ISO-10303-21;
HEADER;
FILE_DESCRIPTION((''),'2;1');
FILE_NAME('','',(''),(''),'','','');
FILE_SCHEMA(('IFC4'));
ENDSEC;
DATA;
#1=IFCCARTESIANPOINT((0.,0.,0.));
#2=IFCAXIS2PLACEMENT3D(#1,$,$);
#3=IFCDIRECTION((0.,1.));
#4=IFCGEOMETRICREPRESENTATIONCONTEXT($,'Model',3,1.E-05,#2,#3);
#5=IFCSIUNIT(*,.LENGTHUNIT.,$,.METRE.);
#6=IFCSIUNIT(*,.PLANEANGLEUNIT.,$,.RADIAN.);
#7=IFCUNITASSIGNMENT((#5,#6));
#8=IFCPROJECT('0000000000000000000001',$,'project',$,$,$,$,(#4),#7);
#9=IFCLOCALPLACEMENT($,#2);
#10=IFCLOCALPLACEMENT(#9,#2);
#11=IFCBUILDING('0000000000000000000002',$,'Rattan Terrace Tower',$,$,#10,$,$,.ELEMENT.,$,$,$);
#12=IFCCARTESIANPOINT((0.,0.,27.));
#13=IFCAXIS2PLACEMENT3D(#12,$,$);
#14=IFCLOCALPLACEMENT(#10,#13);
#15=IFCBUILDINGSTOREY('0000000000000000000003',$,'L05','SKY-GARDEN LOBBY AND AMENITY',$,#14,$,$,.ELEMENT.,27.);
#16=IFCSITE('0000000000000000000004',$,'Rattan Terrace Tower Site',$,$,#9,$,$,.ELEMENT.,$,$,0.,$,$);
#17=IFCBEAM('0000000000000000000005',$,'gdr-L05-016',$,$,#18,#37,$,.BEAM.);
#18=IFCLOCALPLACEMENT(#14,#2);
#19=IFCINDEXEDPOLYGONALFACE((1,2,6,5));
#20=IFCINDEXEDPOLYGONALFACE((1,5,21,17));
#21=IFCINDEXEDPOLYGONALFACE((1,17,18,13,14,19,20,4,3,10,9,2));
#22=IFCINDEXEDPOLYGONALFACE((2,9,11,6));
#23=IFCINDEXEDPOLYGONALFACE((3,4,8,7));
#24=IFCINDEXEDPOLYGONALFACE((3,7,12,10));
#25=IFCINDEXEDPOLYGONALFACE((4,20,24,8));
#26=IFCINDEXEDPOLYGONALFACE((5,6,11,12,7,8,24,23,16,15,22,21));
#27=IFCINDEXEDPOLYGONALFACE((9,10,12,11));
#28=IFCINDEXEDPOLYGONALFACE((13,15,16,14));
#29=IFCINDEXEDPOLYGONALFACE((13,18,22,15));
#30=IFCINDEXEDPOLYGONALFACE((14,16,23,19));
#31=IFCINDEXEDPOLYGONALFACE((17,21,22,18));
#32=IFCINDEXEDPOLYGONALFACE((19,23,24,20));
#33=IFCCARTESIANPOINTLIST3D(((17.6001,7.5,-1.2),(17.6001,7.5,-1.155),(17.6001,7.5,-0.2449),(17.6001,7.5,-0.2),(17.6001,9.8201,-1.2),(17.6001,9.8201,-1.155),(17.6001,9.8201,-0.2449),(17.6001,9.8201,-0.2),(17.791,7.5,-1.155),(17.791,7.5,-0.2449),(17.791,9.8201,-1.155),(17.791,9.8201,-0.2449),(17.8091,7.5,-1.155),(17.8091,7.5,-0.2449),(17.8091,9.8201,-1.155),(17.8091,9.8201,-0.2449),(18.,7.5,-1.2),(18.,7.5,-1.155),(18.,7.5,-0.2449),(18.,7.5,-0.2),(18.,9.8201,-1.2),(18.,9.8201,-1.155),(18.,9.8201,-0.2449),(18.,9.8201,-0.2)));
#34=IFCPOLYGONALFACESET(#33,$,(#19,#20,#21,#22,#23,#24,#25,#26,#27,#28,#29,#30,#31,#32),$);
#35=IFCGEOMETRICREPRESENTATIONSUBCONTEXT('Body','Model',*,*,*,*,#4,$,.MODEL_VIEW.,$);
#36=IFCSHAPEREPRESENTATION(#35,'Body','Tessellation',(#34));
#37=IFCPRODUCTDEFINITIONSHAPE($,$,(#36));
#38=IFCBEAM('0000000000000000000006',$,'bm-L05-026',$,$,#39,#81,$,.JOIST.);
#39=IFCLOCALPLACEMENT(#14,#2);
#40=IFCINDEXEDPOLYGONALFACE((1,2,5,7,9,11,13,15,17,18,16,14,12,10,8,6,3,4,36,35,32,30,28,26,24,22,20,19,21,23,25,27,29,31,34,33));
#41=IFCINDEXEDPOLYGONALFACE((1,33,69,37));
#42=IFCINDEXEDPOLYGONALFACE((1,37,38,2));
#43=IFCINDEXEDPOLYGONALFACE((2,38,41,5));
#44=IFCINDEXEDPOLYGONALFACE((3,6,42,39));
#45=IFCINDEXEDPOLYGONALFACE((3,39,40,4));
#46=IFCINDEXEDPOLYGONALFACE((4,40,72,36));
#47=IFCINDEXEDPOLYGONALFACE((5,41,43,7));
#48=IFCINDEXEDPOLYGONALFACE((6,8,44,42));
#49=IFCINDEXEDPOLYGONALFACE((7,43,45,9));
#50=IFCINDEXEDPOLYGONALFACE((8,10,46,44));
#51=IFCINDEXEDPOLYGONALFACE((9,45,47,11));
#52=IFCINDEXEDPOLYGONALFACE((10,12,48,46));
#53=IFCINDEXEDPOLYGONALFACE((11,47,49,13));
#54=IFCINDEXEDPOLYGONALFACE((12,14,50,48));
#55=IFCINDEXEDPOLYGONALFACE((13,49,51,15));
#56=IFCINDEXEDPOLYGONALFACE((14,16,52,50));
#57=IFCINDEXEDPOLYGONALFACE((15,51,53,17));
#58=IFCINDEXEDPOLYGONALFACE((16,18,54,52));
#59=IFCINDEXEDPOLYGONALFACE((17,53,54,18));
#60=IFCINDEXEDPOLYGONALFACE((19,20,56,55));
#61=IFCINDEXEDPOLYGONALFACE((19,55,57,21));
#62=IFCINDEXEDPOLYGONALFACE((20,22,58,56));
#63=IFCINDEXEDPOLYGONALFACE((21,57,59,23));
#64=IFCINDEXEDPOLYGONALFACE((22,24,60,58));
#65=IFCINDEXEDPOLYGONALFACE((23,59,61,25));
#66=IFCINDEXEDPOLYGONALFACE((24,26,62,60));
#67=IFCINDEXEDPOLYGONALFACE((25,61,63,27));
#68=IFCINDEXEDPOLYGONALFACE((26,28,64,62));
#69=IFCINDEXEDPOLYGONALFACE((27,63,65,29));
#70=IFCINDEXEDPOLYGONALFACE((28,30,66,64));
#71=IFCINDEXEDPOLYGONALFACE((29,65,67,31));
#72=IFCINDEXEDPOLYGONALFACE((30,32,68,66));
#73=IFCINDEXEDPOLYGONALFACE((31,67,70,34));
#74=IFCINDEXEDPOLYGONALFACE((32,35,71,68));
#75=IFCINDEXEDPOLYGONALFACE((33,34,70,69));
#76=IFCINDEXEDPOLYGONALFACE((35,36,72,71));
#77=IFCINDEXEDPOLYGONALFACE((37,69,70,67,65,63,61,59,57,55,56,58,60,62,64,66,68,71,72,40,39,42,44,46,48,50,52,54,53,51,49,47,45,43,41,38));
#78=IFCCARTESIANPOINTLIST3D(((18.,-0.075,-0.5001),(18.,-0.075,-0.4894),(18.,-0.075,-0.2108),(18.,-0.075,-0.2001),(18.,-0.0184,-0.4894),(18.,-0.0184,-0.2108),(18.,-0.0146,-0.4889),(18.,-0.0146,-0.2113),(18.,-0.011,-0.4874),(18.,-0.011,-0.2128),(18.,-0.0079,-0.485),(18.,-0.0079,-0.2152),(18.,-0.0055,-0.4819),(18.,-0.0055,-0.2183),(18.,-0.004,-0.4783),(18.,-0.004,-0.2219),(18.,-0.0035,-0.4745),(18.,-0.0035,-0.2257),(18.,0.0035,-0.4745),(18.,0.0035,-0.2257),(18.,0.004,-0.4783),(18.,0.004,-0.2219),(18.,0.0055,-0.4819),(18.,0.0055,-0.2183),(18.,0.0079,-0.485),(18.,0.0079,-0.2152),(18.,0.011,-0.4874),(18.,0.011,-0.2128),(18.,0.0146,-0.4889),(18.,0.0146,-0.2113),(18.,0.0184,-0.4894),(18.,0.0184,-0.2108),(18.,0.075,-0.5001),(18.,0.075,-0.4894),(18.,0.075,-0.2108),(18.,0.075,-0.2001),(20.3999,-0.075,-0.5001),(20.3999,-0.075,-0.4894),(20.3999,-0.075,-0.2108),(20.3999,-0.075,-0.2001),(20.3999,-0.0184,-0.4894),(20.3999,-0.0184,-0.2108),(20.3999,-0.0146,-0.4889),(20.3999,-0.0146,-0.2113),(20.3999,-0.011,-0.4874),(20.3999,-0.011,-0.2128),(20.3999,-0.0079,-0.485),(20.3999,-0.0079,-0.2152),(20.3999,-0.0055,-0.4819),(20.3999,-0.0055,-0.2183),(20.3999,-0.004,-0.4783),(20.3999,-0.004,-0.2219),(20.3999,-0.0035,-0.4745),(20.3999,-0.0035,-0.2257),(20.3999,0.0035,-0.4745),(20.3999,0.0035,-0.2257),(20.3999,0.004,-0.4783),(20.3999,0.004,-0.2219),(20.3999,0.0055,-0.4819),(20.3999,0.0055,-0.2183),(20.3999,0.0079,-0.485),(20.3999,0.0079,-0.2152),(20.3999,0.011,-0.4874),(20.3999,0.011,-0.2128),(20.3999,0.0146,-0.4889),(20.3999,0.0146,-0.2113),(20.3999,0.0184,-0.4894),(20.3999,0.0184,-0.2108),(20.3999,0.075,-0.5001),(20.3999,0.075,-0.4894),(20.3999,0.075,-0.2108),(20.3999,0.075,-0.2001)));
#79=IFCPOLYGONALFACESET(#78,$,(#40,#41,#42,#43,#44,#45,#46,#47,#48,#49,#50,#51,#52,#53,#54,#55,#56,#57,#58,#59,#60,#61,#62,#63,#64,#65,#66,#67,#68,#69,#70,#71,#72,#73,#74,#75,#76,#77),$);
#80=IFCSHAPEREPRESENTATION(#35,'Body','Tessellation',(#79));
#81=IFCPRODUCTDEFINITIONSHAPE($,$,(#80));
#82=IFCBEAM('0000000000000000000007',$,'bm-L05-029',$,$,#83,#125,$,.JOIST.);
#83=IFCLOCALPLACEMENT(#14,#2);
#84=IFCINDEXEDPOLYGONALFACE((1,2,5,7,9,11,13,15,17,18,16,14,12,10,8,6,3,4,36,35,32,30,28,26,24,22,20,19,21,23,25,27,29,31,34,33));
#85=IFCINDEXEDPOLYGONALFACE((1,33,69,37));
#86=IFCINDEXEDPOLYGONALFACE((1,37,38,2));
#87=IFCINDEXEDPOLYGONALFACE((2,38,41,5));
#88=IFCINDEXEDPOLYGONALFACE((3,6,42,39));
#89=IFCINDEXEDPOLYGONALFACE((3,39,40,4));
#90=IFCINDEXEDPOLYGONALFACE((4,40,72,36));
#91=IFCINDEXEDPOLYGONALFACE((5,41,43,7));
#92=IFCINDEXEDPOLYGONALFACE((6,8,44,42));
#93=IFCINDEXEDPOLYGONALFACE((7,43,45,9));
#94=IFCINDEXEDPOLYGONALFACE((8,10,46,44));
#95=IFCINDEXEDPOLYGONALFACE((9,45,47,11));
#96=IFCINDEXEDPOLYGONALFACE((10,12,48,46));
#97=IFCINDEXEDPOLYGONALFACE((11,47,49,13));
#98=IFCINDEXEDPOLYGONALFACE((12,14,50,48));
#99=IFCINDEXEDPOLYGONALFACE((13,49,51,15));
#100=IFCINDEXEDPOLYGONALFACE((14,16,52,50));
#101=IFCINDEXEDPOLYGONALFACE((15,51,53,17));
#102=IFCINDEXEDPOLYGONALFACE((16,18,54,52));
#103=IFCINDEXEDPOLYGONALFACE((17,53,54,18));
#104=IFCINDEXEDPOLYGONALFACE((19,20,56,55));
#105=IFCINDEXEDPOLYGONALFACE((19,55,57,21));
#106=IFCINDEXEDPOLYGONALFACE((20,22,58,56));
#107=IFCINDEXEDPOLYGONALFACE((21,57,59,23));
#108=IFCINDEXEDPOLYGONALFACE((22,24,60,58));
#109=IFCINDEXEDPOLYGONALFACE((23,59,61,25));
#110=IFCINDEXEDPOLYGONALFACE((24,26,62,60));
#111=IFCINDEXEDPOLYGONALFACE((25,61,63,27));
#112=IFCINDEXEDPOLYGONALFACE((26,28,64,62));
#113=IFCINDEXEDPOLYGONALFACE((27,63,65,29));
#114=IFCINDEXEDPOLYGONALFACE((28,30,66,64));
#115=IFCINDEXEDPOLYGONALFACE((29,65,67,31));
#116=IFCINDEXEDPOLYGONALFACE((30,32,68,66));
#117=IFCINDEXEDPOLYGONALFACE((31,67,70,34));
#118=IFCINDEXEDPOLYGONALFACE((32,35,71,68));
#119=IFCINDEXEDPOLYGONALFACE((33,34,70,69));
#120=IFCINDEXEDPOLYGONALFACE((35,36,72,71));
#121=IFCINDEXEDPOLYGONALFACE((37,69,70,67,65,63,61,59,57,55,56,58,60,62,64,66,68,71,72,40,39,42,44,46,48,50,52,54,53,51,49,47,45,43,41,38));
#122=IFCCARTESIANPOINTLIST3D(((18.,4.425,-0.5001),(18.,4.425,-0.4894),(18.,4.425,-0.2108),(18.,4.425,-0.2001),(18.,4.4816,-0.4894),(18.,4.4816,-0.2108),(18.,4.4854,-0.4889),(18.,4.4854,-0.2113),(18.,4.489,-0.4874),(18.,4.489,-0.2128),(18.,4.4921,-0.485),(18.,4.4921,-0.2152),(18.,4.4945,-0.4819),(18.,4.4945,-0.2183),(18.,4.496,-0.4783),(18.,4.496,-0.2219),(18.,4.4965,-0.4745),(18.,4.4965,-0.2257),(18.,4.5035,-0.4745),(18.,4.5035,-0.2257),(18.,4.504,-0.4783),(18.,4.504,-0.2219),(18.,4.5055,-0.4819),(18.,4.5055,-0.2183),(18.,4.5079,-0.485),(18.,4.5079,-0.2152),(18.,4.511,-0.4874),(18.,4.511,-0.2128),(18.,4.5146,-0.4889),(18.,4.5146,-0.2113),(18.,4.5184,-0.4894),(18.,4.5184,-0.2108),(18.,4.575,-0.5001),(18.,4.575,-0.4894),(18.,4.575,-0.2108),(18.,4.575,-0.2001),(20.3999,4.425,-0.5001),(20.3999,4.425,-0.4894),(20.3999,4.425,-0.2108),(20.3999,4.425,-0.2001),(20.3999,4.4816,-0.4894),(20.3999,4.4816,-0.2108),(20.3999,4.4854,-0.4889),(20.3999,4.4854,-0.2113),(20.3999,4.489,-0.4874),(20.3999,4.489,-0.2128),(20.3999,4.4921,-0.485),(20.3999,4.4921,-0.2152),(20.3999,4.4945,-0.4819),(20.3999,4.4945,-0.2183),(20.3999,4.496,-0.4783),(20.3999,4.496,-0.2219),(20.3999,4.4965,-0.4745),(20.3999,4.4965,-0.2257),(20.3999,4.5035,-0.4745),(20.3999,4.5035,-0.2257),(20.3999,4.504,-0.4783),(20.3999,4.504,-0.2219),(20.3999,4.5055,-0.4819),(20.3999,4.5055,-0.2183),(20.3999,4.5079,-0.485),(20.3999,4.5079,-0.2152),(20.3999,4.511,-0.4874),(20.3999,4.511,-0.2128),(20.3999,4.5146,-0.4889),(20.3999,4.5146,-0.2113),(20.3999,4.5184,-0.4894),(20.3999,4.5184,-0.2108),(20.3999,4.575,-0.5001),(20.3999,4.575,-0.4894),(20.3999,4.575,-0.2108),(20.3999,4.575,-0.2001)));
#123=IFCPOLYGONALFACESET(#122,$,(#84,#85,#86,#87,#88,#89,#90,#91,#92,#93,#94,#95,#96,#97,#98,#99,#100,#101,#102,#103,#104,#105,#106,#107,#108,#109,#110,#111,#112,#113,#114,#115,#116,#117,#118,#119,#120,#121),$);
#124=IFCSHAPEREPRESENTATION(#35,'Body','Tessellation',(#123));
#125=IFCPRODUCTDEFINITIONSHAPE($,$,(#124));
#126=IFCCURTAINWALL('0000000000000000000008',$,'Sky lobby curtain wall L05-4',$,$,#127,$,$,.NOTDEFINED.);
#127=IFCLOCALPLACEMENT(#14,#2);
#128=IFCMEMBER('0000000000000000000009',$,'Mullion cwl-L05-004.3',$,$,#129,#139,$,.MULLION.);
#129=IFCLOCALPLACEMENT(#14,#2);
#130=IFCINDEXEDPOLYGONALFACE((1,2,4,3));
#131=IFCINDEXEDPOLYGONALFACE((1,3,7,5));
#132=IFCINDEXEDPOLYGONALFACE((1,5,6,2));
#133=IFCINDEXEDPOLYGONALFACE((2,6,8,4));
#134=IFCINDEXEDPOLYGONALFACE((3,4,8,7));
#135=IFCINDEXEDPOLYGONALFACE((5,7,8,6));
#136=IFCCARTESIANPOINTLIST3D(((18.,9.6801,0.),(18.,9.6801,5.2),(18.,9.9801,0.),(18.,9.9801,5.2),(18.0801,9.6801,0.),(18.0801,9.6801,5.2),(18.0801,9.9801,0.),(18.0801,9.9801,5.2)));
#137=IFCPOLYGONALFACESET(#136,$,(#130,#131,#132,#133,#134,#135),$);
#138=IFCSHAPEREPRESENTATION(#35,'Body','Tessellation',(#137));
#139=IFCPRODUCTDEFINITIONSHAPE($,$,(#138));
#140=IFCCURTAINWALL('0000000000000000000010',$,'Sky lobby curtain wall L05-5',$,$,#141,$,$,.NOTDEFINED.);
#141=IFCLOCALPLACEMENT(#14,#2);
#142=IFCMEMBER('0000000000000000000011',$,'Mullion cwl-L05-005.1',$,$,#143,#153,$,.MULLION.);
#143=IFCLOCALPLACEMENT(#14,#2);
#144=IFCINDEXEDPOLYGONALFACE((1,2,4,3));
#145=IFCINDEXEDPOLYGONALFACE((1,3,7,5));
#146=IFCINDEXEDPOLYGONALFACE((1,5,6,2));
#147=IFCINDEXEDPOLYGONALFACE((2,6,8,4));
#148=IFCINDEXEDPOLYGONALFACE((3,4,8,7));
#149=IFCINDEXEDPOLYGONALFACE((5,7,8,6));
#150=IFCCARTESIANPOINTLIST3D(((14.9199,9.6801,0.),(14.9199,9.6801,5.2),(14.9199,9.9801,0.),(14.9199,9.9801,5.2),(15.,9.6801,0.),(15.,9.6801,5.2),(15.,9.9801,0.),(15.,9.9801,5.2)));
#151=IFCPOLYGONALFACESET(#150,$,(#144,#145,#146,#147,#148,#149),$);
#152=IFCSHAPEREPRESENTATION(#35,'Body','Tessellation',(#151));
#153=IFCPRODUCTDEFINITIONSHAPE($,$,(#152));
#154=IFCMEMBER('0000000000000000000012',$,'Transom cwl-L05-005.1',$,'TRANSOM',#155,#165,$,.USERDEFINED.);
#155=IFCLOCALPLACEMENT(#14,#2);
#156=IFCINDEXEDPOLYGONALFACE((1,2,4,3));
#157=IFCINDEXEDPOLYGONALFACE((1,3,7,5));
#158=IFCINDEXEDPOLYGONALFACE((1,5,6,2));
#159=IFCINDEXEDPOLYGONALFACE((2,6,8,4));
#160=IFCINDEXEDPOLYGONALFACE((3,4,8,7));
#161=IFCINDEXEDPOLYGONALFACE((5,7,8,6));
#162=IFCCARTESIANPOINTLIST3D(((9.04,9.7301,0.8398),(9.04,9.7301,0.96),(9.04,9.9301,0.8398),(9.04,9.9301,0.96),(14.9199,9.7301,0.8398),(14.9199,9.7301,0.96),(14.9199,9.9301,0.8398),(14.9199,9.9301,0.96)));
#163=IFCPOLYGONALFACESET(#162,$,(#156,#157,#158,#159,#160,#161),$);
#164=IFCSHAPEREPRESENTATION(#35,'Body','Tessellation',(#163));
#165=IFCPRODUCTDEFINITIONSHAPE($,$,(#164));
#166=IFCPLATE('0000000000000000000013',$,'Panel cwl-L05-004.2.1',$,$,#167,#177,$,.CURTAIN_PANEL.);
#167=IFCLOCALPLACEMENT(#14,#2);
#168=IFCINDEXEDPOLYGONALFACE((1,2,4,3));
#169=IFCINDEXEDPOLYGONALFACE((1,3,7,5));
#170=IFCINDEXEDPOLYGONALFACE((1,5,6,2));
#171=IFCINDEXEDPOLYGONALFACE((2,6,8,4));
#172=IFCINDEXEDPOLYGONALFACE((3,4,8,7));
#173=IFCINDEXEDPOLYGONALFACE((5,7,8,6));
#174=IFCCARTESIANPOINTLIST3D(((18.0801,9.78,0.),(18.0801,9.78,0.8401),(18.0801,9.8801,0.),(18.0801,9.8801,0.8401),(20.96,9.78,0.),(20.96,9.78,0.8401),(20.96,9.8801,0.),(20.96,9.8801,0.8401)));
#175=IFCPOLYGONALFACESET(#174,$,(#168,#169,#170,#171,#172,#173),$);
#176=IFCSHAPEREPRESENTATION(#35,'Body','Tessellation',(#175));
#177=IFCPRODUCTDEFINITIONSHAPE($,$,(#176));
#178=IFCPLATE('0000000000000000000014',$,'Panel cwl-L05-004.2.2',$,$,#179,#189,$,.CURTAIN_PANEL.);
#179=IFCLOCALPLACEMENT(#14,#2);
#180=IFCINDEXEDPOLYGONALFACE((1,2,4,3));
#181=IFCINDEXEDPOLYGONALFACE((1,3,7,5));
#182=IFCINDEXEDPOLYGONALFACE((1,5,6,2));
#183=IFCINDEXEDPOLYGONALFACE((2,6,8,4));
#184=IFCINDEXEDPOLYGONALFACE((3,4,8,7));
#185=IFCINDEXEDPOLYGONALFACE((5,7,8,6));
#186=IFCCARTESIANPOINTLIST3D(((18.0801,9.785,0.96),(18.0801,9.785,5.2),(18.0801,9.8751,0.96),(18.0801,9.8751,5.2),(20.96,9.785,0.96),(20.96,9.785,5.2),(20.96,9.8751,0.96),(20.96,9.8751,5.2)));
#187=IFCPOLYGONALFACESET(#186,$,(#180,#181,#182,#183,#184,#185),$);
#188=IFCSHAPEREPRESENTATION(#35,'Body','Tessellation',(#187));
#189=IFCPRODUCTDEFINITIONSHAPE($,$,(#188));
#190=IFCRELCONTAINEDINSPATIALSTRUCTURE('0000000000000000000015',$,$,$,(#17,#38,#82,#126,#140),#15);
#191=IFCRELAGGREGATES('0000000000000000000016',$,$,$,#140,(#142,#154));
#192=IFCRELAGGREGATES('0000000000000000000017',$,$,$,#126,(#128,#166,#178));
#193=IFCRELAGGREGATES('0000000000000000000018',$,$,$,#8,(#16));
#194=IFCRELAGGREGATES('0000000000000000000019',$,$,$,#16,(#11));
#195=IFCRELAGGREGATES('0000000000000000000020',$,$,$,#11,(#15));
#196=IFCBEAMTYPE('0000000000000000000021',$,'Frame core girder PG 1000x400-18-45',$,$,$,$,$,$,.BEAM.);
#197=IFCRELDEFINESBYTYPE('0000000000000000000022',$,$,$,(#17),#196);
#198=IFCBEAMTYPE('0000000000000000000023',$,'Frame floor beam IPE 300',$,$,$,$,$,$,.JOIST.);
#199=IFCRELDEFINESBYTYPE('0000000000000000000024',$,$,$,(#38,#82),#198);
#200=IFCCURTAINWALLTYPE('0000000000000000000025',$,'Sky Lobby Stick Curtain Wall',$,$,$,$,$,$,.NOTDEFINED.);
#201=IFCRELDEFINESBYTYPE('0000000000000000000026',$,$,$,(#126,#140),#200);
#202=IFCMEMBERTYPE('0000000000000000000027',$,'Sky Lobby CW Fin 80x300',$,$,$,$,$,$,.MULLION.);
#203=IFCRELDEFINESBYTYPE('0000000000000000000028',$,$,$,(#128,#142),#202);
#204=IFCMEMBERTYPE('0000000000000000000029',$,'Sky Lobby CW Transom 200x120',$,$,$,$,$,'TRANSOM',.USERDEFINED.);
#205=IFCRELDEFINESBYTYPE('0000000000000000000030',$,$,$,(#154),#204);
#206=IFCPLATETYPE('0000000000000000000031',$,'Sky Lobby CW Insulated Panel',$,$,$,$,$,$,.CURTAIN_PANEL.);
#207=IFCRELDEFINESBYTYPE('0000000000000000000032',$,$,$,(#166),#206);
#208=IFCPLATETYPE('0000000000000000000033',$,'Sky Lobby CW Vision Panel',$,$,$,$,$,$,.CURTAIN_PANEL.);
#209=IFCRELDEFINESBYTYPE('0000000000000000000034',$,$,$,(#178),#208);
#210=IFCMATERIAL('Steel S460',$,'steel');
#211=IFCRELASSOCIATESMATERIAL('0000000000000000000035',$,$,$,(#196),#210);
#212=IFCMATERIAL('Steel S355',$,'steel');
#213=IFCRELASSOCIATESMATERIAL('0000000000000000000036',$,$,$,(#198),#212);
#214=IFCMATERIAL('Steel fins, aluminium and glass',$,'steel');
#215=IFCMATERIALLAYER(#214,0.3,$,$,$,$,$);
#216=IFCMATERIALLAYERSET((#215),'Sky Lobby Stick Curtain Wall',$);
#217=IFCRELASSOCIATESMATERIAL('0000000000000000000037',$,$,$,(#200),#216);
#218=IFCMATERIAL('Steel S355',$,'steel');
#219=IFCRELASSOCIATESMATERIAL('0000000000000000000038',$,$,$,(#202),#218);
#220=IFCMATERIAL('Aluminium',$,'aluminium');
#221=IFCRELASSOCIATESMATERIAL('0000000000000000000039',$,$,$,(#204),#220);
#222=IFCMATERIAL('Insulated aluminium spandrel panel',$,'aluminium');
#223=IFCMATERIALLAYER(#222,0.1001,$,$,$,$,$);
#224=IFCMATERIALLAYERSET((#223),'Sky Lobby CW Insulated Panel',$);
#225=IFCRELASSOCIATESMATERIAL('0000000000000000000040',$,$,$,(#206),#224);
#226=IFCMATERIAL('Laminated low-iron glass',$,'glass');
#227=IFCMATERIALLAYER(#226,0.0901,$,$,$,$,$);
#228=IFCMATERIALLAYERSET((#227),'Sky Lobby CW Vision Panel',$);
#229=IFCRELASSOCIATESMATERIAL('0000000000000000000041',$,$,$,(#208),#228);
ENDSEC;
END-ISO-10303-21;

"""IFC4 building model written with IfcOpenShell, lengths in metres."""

from ifc_helpers import new_model, si_unit, direction, frame, origin, origin_2d, place, context, subcontext, project, spatial, rectangle, i_section, extrude, material, layer, layer_set, material_profile, profile_set, type_object, element, aggregate, save


model = new_model("IFC4")

# Units and contexts
model_context = context("Model", 3, precision=1e-05, world=origin(), true_north=direction((0.0, 1.0)))
body_context = subcontext(model_context, "Body", "Model", "MODEL_VIEW")
ifc_project = project(units=[si_unit("LENGTHUNIT", "METRE"), si_unit("PLANEANGLEUNIT", "RADIAN")], contexts=[model_context])

# Site, building, storey
site_placement = place(None, origin())
site = spatial("IfcSite", under=ifc_project, at=site_placement, Name="Rattan Terrace Tower Site", CompositionType="ELEMENT", RefElevation=0.0)
building_placement = place(site_placement, origin())
building = spatial("IfcBuilding", under=site, at=building_placement, Name="Rattan Terrace Tower", CompositionType="ELEMENT")
storey_placement = place(building_placement, frame((0.0, 0.0, 27.0)))
storey = spatial("IfcBuildingStorey", under=building, at=storey_placement, Name="L05", Description="SKY-GARDEN LOBBY AND AMENITY", CompositionType="ELEMENT", Elevation=27.0)

# Beams
ifc_material_1 = material(Name="Steel S460", Category="steel")
ifc_material_profile_1 = material_profile(ifc_material_1, i_section(OverallWidth=0.3999, OverallDepth=1.0, WebThickness=0.0181, FlangeThickness=0.0449, at=origin_2d()), Name="PG 1000x400-18-45")
ifc_profile_set_1 = profile_set([ifc_material_profile_1], Name="Steel S460")
beam_type_1 = type_object("IfcBeamType", Name="Frame core girder PG 1000x400-18-45", PredefinedType="BEAM", material=ifc_profile_set_1)
beam_placement = place(storey_placement, frame((17.8, 7.5, -0.7), z_axis=(0.0, 1.0, 0.0), x_axis=(-1.0, 0.0, 0.0)))
element("IfcBeam", 1, at=beam_placement, inside=storey, type_object=beam_type_1, Name="gdr-L05-016", PredefinedType="BEAM", context=body_context, shape_type="SweptSolid", body=[
    extrude(i_section(OverallWidth=0.3999, OverallDepth=1.0, WebThickness=0.0181, FlangeThickness=0.0449, at=origin_2d()), origin(), (0.0, 0.0, 1.0), 2.3201),
])
ifc_material_2 = material(Name="Steel S355", Category="steel")
ifc_material_profile_2 = material_profile(ifc_material_2, i_section(OverallWidth=0.1499, OverallDepth=0.3, WebThickness=0.0071, FlangeThickness=0.0107, FilletRadius=0.0149, at=origin_2d()), Name="IPE 300")
ifc_profile_set_2 = profile_set([ifc_material_profile_2], Name="Steel S355")
beam_type_2 = type_object("IfcBeamType", Name="Frame floor beam IPE 300", PredefinedType="JOIST", material=ifc_profile_set_2)
for number, where, z_axis, x_axis, name in (
    (2, (18.0, 0.0, -0.3501), (1.0, 0.0, 0.0), (0.0, 1.0, 0.0), "bm-L05-026"),
    (3, (18.0, 4.5, -0.3501), (1.0, 0.0, 0.0), (0.0, 1.0, 0.0), "bm-L05-029"),
):
    element("IfcBeam", number, at=place(storey_placement, frame(where, z_axis=z_axis, x_axis=x_axis)), inside=storey, type_object=beam_type_2, Name=name, PredefinedType="JOIST", context=body_context, shape_type="SweptSolid", body=[
        extrude(i_section(OverallWidth=0.1499, OverallDepth=0.3, WebThickness=0.0071, FlangeThickness=0.0107, FilletRadius=0.0149, at=origin_2d()), origin(), (0.0, 0.0, 1.0), 2.3999),
    ])

# Curtain wall, member
ifc_material_3 = material(Name="Steel fins, aluminium and glass", Category="steel")
ifc_layer_1 = layer(ifc_material_3, 0.3)
ifc_layer_set_1 = layer_set([ifc_layer_1], Name="Sky Lobby Stick Curtain Wall")
curtain_wall_type = type_object("IfcCurtainWallType", Name="Sky Lobby Stick Curtain Wall", PredefinedType="NOTDEFINED", material=ifc_layer_set_1)
curtain_wall_1_placement = place(storey_placement, origin())
curtain_wall_1 = element("IfcCurtainWall", 4, at=curtain_wall_1_placement, inside=storey, type_object=curtain_wall_type, Name="Sky lobby curtain wall L05-4", PredefinedType="NOTDEFINED")
ifc_material_4 = material(Name="Steel S355", Category="steel")
ifc_material_profile_3 = material_profile(ifc_material_4, rectangle(XDim=0.0801, YDim=0.3, at=origin_2d()), Name="Steel S355 80x300")
ifc_profile_set_3 = profile_set([ifc_material_profile_3], Name="Steel S355")
member_type_1 = type_object("IfcMemberType", Name="Sky Lobby CW Fin 80x300", PredefinedType="MULLION", material=ifc_profile_set_3)
member_1_placement = place(storey_placement, frame((18.04, 9.8301, 0.0), z_axis=(0.0, 0.0, 1.0), x_axis=(-1.0, 0.0, 0.0)))
member_1 = element("IfcMember", 5, at=member_1_placement, type_object=member_type_1, Name="Mullion cwl-L05-004.3", PredefinedType="MULLION", context=body_context, shape_type="SweptSolid", body=[
    extrude(rectangle(XDim=0.0801, YDim=0.3, at=origin_2d()), origin(), (0.0, 0.0, 1.0), 5.2),
])

# Curtain wall, members
curtain_wall_2_placement = place(storey_placement, origin())
curtain_wall_2 = element("IfcCurtainWall", 6, at=curtain_wall_2_placement, inside=storey, type_object=curtain_wall_type, Name="Sky lobby curtain wall L05-5", PredefinedType="NOTDEFINED")
member_2_placement = place(storey_placement, frame((14.96, 9.8301, 0.0), z_axis=(0.0, 0.0, 1.0), x_axis=(-1.0, 0.0, 0.0)))
member_2 = element("IfcMember", 7, at=member_2_placement, type_object=member_type_1, Name="Mullion cwl-L05-005.1", PredefinedType="MULLION", context=body_context, shape_type="SweptSolid", body=[
    extrude(rectangle(XDim=0.0801, YDim=0.3, at=origin_2d()), origin(), (0.0, 0.0, 1.0), 5.2),
])
ifc_material_5 = material(Name="Aluminium", Category="aluminium")
ifc_material_profile_4 = material_profile(ifc_material_5, rectangle(XDim=0.2, YDim=0.1201, at=origin_2d()), Name="Aluminium 200x120")
ifc_profile_set_4 = profile_set([ifc_material_profile_4], Name="Aluminium")
member_type_2 = type_object("IfcMemberType", Name="Sky Lobby CW Transom 200x120", ElementType="TRANSOM", PredefinedType="USERDEFINED", material=ifc_profile_set_4)
member_3_placement = place(storey_placement, frame((14.9199, 9.8301, 0.8999), z_axis=(-1.0, 0.0, 0.0), x_axis=(0.0, -1.0, 0.0)))
member_3 = element("IfcMember", 8, at=member_3_placement, type_object=member_type_2, Name="Transom cwl-L05-005.1", ObjectType="TRANSOM", PredefinedType="USERDEFINED", context=body_context, shape_type="SweptSolid", body=[
    extrude(rectangle(XDim=0.2, YDim=0.1201, at=origin_2d()), origin(), (0.0, 0.0, 1.0), 5.8799),
])
aggregate(curtain_wall_2, [member_2, member_3])

# Plates
ifc_material_6 = material(Name="Insulated aluminium spandrel panel", Category="aluminium")
ifc_layer_2 = layer(ifc_material_6, 0.1001)
ifc_layer_set_2 = layer_set([ifc_layer_2], Name="Sky Lobby CW Insulated Panel")
plate_type_1 = type_object("IfcPlateType", Name="Sky Lobby CW Insulated Panel", PredefinedType="CURTAIN_PANEL", material=ifc_layer_set_2)
plate_1_placement = place(storey_placement, frame((19.52, 9.8301, 0.0), z_axis=(0.0, 0.0, 1.0), x_axis=(-1.0, 0.0, 0.0)))
plate_1 = element("IfcPlate", 9, at=plate_1_placement, type_object=plate_type_1, Name="Panel cwl-L05-004.2.1", PredefinedType="CURTAIN_PANEL", context=body_context, shape_type="SweptSolid", body=[
    extrude(rectangle(XDim=2.8799, YDim=0.1001, at=origin_2d()), origin(), (0.0, 0.0, 1.0), 0.8401),
])
ifc_material_7 = material(Name="Laminated low-iron glass", Category="glass")
ifc_layer_3 = layer(ifc_material_7, 0.0901)
ifc_layer_set_3 = layer_set([ifc_layer_3], Name="Sky Lobby CW Vision Panel")
plate_type_2 = type_object("IfcPlateType", Name="Sky Lobby CW Vision Panel", PredefinedType="CURTAIN_PANEL", material=ifc_layer_set_3)
plate_2_placement = place(storey_placement, frame((19.52, 9.8301, 0.96), z_axis=(0.0, 0.0, 1.0), x_axis=(-1.0, 0.0, 0.0)))
plate_2 = element("IfcPlate", 10, at=plate_2_placement, type_object=plate_type_2, Name="Panel cwl-L05-004.2.2", PredefinedType="CURTAIN_PANEL", context=body_context, shape_type="SweptSolid", body=[
    extrude(rectangle(XDim=2.8799, YDim=0.0901, at=origin_2d()), origin(), (0.0, 0.0, 1.0), 4.24),
])
aggregate(curtain_wall_1, [member_1, plate_1, plate_2])

save(model, "model.ifc")
